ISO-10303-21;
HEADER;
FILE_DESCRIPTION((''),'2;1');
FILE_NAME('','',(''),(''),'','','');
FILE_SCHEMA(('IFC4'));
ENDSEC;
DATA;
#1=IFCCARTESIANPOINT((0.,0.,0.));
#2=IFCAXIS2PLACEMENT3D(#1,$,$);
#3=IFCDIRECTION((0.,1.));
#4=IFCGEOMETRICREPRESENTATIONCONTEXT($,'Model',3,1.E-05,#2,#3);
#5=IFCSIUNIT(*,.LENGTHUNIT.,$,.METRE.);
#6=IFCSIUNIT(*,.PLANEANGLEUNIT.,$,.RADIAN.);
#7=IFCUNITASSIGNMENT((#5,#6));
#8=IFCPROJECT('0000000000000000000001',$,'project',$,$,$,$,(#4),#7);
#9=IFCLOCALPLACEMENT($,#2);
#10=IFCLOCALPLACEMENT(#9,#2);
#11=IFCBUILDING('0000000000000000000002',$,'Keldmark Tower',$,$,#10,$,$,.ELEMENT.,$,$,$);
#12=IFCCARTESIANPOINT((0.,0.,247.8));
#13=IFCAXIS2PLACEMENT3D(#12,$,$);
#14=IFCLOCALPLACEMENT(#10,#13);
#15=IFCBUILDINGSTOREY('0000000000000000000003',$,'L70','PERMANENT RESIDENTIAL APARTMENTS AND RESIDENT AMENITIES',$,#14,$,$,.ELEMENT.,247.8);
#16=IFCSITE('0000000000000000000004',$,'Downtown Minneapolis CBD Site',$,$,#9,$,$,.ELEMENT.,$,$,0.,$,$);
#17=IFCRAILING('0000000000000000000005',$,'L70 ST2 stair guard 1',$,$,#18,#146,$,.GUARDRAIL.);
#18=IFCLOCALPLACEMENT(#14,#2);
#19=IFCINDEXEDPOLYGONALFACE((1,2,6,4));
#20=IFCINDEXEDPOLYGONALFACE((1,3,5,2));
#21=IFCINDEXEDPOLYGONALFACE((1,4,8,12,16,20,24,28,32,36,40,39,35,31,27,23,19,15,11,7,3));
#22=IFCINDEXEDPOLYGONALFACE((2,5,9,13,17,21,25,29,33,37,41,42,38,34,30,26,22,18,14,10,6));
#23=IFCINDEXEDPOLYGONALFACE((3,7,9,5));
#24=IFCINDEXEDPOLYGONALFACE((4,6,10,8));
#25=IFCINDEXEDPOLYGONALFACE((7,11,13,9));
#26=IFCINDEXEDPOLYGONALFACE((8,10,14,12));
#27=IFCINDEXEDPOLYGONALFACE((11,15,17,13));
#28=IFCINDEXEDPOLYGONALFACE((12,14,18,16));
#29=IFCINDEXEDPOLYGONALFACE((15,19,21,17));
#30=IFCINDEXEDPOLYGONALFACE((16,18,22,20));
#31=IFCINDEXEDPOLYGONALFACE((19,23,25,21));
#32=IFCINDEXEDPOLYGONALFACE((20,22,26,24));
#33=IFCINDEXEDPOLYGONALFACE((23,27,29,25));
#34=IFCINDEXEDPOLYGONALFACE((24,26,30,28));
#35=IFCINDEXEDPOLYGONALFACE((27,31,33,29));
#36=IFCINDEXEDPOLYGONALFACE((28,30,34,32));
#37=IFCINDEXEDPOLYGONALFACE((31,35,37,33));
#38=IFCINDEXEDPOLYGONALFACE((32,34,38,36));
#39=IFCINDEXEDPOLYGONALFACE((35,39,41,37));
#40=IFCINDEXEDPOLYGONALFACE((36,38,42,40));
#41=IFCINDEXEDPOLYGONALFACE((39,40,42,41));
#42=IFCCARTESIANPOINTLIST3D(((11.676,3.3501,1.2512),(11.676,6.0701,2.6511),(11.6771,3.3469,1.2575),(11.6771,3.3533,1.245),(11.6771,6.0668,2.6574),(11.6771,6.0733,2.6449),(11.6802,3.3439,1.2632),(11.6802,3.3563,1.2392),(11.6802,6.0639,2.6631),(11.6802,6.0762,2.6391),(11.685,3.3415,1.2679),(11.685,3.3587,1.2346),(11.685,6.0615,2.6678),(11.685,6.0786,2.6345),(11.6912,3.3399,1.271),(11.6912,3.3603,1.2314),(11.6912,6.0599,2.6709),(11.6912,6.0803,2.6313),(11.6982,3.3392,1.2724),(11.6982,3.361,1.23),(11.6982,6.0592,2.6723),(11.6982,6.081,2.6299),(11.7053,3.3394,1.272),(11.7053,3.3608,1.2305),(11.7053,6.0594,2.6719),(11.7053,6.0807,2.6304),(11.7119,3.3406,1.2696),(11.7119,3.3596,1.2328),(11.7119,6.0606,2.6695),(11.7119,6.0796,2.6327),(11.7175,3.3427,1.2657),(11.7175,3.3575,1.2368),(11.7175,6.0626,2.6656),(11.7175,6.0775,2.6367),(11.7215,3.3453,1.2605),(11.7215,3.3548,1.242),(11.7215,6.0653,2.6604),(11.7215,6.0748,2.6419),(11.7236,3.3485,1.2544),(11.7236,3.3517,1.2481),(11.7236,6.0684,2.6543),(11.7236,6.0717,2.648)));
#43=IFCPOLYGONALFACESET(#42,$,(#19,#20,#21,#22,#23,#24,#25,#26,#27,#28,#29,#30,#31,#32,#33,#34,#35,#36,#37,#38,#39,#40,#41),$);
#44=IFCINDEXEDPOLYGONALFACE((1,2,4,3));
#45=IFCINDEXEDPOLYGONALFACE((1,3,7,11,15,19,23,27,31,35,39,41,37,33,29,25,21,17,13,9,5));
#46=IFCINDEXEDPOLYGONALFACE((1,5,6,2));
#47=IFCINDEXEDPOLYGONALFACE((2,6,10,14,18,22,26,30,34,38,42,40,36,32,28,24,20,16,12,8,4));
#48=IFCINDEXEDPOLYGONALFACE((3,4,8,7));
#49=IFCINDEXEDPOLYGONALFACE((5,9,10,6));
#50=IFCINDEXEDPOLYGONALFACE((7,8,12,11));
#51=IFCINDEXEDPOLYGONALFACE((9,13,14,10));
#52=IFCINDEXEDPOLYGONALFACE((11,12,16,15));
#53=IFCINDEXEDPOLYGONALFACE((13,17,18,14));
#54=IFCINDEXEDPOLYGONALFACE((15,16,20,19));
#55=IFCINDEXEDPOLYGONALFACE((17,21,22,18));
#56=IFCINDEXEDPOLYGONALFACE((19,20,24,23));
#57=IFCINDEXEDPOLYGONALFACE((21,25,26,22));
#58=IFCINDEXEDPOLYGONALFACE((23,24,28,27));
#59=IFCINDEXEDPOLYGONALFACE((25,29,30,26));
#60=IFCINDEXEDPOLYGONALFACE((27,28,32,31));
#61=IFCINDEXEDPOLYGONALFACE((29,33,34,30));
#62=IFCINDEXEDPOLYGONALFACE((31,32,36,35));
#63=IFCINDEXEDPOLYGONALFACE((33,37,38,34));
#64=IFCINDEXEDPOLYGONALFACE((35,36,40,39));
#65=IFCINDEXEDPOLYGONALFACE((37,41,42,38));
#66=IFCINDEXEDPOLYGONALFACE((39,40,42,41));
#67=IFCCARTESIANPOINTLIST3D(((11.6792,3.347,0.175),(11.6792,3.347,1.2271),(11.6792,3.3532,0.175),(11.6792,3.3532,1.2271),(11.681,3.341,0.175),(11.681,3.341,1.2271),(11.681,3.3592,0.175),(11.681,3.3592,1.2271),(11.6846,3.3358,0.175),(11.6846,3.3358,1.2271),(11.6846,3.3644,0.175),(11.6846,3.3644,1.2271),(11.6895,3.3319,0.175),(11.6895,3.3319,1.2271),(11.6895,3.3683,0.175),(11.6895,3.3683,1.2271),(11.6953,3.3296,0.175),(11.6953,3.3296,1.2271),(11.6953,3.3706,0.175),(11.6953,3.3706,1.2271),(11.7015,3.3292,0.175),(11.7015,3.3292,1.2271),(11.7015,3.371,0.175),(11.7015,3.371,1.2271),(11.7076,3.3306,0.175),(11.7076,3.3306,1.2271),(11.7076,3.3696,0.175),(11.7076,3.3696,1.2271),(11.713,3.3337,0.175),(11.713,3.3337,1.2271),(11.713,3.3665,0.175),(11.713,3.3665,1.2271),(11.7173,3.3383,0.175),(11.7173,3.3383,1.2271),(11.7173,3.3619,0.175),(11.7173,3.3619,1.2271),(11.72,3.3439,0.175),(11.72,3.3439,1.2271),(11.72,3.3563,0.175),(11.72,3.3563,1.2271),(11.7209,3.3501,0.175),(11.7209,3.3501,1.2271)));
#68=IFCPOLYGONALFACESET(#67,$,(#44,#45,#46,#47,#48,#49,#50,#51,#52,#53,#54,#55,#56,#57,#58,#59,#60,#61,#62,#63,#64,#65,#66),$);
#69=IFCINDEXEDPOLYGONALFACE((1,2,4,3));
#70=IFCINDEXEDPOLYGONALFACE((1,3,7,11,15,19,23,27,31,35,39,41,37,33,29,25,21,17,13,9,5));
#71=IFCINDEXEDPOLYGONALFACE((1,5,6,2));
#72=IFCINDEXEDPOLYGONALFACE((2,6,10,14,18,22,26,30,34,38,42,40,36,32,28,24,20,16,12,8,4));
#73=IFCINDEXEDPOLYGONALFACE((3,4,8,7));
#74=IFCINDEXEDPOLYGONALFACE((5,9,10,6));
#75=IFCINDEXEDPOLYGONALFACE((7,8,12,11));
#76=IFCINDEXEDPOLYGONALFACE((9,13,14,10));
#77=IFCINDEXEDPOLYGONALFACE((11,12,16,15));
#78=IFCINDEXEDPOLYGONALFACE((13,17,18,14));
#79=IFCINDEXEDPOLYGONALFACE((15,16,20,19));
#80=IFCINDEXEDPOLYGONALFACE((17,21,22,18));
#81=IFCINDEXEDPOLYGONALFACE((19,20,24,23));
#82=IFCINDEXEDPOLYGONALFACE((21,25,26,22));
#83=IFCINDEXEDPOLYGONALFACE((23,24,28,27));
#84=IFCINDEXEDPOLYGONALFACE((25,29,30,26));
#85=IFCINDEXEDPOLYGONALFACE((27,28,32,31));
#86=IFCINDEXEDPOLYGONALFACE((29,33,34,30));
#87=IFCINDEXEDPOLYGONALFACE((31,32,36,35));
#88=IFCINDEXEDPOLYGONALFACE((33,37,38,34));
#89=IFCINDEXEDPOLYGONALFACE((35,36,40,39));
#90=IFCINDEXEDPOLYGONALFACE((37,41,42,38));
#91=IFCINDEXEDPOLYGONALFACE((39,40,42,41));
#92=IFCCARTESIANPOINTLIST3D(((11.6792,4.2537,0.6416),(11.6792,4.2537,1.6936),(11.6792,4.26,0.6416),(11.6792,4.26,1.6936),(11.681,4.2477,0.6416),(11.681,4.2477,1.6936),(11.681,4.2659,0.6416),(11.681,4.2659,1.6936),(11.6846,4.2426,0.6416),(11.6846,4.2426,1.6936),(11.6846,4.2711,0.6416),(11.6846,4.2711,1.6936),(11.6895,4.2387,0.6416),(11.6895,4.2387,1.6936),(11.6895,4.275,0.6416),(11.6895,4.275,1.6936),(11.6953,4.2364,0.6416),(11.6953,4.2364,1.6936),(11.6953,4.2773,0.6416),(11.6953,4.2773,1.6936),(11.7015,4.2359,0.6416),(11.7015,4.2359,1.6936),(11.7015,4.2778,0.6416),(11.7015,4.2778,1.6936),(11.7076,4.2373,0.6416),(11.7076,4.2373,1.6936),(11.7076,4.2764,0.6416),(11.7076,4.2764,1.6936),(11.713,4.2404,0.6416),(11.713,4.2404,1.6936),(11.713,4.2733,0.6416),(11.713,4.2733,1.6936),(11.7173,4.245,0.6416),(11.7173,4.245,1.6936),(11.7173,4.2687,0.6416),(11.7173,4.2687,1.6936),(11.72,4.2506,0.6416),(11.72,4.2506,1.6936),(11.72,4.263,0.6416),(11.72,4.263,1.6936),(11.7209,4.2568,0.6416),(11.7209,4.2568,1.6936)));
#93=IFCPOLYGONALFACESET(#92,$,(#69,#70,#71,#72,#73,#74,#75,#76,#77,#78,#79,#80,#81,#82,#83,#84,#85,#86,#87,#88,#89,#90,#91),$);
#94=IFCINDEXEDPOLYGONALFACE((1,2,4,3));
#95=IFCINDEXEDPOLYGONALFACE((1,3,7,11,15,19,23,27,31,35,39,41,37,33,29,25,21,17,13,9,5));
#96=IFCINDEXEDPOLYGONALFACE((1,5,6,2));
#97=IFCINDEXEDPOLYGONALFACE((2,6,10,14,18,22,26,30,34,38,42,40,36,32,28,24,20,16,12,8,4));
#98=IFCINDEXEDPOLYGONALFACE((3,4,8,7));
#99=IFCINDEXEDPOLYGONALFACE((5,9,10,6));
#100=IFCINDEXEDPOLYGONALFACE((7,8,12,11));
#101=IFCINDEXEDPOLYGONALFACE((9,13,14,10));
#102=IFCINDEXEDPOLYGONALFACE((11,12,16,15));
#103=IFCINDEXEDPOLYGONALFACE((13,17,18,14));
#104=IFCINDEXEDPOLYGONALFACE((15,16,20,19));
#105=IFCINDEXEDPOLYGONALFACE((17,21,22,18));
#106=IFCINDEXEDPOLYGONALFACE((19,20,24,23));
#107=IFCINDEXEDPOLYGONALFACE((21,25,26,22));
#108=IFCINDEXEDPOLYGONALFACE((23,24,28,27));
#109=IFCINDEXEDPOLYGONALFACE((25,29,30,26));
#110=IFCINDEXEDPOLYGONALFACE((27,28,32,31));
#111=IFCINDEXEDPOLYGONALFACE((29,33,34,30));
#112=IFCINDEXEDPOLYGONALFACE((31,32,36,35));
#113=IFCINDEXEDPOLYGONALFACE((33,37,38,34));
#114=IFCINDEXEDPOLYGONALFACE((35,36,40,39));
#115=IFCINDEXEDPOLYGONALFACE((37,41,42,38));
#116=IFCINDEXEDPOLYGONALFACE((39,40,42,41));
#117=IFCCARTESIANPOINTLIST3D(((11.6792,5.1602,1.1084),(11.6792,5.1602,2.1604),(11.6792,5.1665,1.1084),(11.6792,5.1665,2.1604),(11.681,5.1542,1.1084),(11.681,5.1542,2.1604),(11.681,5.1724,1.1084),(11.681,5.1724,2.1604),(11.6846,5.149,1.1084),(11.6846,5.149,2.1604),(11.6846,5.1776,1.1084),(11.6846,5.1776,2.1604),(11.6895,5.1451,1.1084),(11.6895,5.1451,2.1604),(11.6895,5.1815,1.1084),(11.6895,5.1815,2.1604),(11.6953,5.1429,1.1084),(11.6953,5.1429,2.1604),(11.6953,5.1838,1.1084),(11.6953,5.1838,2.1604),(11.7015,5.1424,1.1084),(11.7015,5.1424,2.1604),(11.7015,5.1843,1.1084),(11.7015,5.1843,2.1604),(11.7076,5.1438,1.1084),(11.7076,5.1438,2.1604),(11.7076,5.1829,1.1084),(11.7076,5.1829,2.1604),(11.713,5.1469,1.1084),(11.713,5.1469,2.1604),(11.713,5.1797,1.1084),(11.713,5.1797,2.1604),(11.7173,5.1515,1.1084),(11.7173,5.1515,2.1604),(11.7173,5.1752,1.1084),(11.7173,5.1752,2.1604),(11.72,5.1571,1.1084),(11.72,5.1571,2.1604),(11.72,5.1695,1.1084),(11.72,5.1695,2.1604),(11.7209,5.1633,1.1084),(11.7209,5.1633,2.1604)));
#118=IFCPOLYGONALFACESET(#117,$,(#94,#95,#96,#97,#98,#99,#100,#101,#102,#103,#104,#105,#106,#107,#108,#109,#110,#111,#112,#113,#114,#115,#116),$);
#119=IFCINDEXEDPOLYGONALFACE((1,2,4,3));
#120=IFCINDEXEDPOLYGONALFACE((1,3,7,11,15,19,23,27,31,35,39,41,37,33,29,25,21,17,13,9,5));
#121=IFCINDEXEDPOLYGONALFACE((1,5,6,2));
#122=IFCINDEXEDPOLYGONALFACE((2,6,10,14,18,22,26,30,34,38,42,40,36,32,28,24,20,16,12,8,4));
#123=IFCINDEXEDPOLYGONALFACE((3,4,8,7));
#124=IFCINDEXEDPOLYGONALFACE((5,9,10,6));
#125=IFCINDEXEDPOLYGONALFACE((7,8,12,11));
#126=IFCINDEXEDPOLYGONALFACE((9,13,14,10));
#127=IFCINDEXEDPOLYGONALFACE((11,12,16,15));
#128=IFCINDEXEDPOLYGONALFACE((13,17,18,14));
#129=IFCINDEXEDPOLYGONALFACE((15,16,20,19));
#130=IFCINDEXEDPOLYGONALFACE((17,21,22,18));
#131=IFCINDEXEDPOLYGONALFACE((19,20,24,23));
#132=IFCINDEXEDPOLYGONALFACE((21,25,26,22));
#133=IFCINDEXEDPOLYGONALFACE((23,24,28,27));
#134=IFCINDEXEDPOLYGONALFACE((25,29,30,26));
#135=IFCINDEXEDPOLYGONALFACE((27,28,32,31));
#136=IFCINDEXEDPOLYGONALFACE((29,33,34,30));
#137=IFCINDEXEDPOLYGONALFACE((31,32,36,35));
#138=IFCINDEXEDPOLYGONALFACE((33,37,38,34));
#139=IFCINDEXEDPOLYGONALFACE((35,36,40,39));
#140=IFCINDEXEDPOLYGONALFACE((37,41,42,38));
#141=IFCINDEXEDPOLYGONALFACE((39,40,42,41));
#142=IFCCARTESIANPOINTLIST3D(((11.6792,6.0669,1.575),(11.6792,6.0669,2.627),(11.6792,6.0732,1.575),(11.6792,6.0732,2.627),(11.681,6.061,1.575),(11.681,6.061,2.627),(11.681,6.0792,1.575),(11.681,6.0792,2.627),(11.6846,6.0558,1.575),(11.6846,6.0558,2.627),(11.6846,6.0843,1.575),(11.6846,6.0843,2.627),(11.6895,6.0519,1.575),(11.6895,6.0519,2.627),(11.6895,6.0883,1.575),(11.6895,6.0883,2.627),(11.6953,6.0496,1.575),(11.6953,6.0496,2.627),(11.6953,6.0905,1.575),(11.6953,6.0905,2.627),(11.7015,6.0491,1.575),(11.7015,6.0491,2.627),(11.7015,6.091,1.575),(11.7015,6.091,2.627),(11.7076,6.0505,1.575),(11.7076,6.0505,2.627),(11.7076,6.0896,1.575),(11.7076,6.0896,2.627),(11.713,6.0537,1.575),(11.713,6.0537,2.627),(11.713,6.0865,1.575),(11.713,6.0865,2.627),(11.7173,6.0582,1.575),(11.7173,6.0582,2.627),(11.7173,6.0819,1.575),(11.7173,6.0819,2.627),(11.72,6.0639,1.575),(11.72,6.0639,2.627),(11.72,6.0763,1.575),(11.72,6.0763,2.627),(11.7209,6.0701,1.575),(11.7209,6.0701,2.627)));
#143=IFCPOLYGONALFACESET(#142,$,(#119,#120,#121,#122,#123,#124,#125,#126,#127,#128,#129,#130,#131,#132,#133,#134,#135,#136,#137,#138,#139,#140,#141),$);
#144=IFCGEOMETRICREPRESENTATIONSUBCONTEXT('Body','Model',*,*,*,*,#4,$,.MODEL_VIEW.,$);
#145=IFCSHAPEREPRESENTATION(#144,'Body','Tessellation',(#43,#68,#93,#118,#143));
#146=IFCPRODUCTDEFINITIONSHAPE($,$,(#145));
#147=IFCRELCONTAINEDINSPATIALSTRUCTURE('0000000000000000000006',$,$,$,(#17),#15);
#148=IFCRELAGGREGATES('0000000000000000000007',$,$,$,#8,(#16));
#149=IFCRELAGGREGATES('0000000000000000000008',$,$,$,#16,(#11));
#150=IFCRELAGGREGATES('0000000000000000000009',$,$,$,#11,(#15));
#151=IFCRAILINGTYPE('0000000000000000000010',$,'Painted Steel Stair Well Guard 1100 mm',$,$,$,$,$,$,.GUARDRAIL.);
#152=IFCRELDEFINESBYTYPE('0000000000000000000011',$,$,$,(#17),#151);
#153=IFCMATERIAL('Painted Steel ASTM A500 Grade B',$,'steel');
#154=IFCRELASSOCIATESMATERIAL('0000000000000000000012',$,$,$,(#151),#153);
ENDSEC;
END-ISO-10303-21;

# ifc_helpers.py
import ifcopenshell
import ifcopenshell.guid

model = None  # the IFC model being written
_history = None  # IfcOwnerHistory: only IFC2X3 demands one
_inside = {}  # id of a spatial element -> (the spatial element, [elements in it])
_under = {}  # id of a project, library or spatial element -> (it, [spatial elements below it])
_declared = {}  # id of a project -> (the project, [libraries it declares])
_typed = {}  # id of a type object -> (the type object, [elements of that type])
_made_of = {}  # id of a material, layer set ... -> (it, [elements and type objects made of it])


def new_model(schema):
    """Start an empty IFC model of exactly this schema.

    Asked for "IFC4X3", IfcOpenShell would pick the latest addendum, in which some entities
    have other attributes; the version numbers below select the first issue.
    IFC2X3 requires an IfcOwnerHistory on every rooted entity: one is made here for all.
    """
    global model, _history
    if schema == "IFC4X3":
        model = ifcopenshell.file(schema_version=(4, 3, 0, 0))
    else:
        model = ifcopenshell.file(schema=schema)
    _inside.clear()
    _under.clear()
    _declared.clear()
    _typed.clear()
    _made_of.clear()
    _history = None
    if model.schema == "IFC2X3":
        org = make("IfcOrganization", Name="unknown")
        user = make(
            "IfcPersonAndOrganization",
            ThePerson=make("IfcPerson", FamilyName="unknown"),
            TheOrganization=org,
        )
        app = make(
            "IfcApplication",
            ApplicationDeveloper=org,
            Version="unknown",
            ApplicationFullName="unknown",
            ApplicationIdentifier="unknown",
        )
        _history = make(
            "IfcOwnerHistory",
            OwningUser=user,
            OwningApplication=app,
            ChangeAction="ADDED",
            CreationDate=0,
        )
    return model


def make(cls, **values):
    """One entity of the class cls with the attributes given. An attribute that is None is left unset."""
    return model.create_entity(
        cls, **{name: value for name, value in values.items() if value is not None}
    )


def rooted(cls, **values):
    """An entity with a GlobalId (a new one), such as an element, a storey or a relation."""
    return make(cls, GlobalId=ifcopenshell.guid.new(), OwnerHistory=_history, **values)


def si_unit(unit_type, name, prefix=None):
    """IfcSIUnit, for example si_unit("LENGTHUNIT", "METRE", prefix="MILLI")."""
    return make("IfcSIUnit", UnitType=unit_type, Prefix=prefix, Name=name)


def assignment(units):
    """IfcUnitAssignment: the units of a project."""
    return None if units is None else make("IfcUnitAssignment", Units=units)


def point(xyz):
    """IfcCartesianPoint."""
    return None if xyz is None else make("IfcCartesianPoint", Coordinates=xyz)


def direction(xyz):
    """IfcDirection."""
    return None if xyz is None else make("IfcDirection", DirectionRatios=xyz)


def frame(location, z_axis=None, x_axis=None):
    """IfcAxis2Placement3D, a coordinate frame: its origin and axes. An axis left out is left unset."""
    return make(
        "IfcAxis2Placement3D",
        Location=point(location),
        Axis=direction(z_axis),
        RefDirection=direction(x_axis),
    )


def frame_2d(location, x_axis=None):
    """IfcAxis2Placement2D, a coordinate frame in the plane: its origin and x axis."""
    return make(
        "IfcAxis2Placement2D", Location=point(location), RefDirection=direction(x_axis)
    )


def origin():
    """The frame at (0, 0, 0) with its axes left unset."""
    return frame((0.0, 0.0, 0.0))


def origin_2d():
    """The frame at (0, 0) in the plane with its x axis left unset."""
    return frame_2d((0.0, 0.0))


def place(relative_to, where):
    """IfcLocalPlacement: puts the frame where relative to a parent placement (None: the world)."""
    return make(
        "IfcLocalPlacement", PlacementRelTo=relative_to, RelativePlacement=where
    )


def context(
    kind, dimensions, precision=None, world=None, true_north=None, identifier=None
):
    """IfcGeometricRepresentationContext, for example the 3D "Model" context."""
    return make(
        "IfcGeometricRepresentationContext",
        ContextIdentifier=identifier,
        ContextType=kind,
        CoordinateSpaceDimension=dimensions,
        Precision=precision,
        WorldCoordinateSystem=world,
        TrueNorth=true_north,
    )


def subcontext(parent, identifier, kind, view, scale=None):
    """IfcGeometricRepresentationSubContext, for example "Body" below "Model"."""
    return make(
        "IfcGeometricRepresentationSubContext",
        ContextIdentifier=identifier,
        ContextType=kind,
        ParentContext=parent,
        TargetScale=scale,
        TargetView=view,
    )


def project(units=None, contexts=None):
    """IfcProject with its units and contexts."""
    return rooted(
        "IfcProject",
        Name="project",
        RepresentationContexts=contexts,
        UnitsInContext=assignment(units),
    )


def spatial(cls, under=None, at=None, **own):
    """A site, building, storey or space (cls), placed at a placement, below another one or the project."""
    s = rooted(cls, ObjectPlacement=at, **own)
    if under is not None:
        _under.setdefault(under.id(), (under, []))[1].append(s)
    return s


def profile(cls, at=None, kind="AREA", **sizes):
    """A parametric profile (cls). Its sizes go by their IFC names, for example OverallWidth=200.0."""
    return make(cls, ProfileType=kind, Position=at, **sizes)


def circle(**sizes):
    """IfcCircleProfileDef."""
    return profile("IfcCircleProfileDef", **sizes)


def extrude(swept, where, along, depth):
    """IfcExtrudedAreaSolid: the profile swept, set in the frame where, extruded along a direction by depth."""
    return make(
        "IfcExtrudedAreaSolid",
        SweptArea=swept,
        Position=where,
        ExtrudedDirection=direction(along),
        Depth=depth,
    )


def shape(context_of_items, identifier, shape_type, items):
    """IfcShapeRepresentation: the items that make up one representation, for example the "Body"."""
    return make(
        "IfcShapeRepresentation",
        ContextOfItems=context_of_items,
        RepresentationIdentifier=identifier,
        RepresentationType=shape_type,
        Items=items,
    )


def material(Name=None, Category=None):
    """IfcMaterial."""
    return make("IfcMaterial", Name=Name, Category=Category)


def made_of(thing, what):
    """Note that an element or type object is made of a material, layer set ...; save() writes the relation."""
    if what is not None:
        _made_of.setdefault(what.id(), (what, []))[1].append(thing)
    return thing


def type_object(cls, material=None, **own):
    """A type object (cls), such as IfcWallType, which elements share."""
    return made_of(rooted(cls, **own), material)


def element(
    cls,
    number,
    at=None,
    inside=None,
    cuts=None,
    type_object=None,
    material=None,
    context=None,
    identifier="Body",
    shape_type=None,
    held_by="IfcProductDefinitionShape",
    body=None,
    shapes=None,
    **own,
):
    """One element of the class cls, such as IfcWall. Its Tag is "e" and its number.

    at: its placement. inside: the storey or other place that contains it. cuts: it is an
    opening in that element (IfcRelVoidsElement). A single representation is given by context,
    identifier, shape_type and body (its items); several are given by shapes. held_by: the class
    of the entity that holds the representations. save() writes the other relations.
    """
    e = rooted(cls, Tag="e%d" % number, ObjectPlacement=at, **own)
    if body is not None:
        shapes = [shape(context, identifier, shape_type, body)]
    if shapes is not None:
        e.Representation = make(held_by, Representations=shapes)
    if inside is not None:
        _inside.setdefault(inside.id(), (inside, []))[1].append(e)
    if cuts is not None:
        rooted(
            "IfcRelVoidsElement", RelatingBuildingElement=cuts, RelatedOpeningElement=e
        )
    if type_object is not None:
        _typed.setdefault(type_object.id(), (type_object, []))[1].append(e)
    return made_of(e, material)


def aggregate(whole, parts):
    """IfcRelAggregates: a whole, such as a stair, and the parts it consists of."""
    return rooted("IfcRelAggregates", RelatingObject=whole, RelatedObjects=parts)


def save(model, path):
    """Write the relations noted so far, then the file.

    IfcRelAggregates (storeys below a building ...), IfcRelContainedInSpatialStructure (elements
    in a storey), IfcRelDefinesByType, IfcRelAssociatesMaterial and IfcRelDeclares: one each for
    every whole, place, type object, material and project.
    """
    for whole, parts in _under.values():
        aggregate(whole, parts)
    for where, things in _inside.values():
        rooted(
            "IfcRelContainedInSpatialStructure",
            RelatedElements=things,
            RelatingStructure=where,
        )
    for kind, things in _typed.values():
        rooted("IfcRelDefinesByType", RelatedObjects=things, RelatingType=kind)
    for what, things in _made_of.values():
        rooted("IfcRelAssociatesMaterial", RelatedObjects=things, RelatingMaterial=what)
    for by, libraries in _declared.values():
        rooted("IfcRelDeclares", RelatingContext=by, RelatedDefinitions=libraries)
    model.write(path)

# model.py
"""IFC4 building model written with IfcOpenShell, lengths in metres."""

from ifc_helpers import new_model, si_unit, direction, frame, origin, origin_2d, place, context, subcontext, project, spatial, circle, extrude, material, type_object, element, save


model = new_model("IFC4")

# Units and contexts
model_context = context("Model", 3, precision=1e-05, world=origin(), true_north=direction((0.0, 1.0)))
body_context = subcontext(model_context, "Body", "Model", "MODEL_VIEW")
ifc_project = project(units=[si_unit("LENGTHUNIT", "METRE"), si_unit("PLANEANGLEUNIT", "RADIAN")], contexts=[model_context])

# Site, building, storey
site_placement = place(None, origin())
site = spatial("IfcSite", under=ifc_project, at=site_placement, Name="Downtown Minneapolis CBD Site", CompositionType="ELEMENT", RefElevation=0.0)
building_placement = place(site_placement, origin())
building = spatial("IfcBuilding", under=site, at=building_placement, Name="Keldmark Tower", CompositionType="ELEMENT")
storey_placement = place(building_placement, frame((0.0, 0.0, 247.8)))
storey = spatial("IfcBuildingStorey", under=building, at=storey_placement, Name="L70", Description="PERMANENT RESIDENTIAL APARTMENTS AND RESIDENT AMENITIES", CompositionType="ELEMENT", Elevation=247.8)

# Railing
ifc_material_1 = material(Name="Painted Steel ASTM A500 Grade B", Category="steel")
railing_type_1 = type_object("IfcRailingType", Name="Painted Steel Stair Well Guard 1100 mm", PredefinedType="GUARDRAIL", material=ifc_material_1)
railing_1_placement = place(storey_placement, frame((11.7, 3.3501, 0.175)))
element("IfcRailing", 1, at=railing_1_placement, inside=storey, type_object=railing_type_1, Name="L70 ST2 stair guard 1", PredefinedType="GUARDRAIL", context=body_context, shape_type="SweptSolid", body=[
    extrude(circle(Radius=0.0239, at=origin_2d()), frame((0.0, 0.0, 1.0762), z_axis=(0.0, 0.889147, 0.457622), x_axis=(-1.0, 0.0, 0.0)), (0.0, 0.0, 1.0), 3.0591),
    extrude(circle(Radius=0.021, at=origin_2d()), origin(), (0.0, 0.0, 1.0), 1.052),
    extrude(circle(Radius=0.021, at=origin_2d()), frame((0.0, 0.9067, 0.4666)), (0.0, 0.0, 1.0), 1.052),
    extrude(circle(Radius=0.021, at=origin_2d()), frame((0.0, 1.8132, 0.9333)), (0.0, 0.0, 1.0), 1.052),
    extrude(circle(Radius=0.021, at=origin_2d()), frame((0.0, 2.72, 1.3999)), (0.0, 0.0, 1.0), 1.052),
])

save(model, "model.ifc")
